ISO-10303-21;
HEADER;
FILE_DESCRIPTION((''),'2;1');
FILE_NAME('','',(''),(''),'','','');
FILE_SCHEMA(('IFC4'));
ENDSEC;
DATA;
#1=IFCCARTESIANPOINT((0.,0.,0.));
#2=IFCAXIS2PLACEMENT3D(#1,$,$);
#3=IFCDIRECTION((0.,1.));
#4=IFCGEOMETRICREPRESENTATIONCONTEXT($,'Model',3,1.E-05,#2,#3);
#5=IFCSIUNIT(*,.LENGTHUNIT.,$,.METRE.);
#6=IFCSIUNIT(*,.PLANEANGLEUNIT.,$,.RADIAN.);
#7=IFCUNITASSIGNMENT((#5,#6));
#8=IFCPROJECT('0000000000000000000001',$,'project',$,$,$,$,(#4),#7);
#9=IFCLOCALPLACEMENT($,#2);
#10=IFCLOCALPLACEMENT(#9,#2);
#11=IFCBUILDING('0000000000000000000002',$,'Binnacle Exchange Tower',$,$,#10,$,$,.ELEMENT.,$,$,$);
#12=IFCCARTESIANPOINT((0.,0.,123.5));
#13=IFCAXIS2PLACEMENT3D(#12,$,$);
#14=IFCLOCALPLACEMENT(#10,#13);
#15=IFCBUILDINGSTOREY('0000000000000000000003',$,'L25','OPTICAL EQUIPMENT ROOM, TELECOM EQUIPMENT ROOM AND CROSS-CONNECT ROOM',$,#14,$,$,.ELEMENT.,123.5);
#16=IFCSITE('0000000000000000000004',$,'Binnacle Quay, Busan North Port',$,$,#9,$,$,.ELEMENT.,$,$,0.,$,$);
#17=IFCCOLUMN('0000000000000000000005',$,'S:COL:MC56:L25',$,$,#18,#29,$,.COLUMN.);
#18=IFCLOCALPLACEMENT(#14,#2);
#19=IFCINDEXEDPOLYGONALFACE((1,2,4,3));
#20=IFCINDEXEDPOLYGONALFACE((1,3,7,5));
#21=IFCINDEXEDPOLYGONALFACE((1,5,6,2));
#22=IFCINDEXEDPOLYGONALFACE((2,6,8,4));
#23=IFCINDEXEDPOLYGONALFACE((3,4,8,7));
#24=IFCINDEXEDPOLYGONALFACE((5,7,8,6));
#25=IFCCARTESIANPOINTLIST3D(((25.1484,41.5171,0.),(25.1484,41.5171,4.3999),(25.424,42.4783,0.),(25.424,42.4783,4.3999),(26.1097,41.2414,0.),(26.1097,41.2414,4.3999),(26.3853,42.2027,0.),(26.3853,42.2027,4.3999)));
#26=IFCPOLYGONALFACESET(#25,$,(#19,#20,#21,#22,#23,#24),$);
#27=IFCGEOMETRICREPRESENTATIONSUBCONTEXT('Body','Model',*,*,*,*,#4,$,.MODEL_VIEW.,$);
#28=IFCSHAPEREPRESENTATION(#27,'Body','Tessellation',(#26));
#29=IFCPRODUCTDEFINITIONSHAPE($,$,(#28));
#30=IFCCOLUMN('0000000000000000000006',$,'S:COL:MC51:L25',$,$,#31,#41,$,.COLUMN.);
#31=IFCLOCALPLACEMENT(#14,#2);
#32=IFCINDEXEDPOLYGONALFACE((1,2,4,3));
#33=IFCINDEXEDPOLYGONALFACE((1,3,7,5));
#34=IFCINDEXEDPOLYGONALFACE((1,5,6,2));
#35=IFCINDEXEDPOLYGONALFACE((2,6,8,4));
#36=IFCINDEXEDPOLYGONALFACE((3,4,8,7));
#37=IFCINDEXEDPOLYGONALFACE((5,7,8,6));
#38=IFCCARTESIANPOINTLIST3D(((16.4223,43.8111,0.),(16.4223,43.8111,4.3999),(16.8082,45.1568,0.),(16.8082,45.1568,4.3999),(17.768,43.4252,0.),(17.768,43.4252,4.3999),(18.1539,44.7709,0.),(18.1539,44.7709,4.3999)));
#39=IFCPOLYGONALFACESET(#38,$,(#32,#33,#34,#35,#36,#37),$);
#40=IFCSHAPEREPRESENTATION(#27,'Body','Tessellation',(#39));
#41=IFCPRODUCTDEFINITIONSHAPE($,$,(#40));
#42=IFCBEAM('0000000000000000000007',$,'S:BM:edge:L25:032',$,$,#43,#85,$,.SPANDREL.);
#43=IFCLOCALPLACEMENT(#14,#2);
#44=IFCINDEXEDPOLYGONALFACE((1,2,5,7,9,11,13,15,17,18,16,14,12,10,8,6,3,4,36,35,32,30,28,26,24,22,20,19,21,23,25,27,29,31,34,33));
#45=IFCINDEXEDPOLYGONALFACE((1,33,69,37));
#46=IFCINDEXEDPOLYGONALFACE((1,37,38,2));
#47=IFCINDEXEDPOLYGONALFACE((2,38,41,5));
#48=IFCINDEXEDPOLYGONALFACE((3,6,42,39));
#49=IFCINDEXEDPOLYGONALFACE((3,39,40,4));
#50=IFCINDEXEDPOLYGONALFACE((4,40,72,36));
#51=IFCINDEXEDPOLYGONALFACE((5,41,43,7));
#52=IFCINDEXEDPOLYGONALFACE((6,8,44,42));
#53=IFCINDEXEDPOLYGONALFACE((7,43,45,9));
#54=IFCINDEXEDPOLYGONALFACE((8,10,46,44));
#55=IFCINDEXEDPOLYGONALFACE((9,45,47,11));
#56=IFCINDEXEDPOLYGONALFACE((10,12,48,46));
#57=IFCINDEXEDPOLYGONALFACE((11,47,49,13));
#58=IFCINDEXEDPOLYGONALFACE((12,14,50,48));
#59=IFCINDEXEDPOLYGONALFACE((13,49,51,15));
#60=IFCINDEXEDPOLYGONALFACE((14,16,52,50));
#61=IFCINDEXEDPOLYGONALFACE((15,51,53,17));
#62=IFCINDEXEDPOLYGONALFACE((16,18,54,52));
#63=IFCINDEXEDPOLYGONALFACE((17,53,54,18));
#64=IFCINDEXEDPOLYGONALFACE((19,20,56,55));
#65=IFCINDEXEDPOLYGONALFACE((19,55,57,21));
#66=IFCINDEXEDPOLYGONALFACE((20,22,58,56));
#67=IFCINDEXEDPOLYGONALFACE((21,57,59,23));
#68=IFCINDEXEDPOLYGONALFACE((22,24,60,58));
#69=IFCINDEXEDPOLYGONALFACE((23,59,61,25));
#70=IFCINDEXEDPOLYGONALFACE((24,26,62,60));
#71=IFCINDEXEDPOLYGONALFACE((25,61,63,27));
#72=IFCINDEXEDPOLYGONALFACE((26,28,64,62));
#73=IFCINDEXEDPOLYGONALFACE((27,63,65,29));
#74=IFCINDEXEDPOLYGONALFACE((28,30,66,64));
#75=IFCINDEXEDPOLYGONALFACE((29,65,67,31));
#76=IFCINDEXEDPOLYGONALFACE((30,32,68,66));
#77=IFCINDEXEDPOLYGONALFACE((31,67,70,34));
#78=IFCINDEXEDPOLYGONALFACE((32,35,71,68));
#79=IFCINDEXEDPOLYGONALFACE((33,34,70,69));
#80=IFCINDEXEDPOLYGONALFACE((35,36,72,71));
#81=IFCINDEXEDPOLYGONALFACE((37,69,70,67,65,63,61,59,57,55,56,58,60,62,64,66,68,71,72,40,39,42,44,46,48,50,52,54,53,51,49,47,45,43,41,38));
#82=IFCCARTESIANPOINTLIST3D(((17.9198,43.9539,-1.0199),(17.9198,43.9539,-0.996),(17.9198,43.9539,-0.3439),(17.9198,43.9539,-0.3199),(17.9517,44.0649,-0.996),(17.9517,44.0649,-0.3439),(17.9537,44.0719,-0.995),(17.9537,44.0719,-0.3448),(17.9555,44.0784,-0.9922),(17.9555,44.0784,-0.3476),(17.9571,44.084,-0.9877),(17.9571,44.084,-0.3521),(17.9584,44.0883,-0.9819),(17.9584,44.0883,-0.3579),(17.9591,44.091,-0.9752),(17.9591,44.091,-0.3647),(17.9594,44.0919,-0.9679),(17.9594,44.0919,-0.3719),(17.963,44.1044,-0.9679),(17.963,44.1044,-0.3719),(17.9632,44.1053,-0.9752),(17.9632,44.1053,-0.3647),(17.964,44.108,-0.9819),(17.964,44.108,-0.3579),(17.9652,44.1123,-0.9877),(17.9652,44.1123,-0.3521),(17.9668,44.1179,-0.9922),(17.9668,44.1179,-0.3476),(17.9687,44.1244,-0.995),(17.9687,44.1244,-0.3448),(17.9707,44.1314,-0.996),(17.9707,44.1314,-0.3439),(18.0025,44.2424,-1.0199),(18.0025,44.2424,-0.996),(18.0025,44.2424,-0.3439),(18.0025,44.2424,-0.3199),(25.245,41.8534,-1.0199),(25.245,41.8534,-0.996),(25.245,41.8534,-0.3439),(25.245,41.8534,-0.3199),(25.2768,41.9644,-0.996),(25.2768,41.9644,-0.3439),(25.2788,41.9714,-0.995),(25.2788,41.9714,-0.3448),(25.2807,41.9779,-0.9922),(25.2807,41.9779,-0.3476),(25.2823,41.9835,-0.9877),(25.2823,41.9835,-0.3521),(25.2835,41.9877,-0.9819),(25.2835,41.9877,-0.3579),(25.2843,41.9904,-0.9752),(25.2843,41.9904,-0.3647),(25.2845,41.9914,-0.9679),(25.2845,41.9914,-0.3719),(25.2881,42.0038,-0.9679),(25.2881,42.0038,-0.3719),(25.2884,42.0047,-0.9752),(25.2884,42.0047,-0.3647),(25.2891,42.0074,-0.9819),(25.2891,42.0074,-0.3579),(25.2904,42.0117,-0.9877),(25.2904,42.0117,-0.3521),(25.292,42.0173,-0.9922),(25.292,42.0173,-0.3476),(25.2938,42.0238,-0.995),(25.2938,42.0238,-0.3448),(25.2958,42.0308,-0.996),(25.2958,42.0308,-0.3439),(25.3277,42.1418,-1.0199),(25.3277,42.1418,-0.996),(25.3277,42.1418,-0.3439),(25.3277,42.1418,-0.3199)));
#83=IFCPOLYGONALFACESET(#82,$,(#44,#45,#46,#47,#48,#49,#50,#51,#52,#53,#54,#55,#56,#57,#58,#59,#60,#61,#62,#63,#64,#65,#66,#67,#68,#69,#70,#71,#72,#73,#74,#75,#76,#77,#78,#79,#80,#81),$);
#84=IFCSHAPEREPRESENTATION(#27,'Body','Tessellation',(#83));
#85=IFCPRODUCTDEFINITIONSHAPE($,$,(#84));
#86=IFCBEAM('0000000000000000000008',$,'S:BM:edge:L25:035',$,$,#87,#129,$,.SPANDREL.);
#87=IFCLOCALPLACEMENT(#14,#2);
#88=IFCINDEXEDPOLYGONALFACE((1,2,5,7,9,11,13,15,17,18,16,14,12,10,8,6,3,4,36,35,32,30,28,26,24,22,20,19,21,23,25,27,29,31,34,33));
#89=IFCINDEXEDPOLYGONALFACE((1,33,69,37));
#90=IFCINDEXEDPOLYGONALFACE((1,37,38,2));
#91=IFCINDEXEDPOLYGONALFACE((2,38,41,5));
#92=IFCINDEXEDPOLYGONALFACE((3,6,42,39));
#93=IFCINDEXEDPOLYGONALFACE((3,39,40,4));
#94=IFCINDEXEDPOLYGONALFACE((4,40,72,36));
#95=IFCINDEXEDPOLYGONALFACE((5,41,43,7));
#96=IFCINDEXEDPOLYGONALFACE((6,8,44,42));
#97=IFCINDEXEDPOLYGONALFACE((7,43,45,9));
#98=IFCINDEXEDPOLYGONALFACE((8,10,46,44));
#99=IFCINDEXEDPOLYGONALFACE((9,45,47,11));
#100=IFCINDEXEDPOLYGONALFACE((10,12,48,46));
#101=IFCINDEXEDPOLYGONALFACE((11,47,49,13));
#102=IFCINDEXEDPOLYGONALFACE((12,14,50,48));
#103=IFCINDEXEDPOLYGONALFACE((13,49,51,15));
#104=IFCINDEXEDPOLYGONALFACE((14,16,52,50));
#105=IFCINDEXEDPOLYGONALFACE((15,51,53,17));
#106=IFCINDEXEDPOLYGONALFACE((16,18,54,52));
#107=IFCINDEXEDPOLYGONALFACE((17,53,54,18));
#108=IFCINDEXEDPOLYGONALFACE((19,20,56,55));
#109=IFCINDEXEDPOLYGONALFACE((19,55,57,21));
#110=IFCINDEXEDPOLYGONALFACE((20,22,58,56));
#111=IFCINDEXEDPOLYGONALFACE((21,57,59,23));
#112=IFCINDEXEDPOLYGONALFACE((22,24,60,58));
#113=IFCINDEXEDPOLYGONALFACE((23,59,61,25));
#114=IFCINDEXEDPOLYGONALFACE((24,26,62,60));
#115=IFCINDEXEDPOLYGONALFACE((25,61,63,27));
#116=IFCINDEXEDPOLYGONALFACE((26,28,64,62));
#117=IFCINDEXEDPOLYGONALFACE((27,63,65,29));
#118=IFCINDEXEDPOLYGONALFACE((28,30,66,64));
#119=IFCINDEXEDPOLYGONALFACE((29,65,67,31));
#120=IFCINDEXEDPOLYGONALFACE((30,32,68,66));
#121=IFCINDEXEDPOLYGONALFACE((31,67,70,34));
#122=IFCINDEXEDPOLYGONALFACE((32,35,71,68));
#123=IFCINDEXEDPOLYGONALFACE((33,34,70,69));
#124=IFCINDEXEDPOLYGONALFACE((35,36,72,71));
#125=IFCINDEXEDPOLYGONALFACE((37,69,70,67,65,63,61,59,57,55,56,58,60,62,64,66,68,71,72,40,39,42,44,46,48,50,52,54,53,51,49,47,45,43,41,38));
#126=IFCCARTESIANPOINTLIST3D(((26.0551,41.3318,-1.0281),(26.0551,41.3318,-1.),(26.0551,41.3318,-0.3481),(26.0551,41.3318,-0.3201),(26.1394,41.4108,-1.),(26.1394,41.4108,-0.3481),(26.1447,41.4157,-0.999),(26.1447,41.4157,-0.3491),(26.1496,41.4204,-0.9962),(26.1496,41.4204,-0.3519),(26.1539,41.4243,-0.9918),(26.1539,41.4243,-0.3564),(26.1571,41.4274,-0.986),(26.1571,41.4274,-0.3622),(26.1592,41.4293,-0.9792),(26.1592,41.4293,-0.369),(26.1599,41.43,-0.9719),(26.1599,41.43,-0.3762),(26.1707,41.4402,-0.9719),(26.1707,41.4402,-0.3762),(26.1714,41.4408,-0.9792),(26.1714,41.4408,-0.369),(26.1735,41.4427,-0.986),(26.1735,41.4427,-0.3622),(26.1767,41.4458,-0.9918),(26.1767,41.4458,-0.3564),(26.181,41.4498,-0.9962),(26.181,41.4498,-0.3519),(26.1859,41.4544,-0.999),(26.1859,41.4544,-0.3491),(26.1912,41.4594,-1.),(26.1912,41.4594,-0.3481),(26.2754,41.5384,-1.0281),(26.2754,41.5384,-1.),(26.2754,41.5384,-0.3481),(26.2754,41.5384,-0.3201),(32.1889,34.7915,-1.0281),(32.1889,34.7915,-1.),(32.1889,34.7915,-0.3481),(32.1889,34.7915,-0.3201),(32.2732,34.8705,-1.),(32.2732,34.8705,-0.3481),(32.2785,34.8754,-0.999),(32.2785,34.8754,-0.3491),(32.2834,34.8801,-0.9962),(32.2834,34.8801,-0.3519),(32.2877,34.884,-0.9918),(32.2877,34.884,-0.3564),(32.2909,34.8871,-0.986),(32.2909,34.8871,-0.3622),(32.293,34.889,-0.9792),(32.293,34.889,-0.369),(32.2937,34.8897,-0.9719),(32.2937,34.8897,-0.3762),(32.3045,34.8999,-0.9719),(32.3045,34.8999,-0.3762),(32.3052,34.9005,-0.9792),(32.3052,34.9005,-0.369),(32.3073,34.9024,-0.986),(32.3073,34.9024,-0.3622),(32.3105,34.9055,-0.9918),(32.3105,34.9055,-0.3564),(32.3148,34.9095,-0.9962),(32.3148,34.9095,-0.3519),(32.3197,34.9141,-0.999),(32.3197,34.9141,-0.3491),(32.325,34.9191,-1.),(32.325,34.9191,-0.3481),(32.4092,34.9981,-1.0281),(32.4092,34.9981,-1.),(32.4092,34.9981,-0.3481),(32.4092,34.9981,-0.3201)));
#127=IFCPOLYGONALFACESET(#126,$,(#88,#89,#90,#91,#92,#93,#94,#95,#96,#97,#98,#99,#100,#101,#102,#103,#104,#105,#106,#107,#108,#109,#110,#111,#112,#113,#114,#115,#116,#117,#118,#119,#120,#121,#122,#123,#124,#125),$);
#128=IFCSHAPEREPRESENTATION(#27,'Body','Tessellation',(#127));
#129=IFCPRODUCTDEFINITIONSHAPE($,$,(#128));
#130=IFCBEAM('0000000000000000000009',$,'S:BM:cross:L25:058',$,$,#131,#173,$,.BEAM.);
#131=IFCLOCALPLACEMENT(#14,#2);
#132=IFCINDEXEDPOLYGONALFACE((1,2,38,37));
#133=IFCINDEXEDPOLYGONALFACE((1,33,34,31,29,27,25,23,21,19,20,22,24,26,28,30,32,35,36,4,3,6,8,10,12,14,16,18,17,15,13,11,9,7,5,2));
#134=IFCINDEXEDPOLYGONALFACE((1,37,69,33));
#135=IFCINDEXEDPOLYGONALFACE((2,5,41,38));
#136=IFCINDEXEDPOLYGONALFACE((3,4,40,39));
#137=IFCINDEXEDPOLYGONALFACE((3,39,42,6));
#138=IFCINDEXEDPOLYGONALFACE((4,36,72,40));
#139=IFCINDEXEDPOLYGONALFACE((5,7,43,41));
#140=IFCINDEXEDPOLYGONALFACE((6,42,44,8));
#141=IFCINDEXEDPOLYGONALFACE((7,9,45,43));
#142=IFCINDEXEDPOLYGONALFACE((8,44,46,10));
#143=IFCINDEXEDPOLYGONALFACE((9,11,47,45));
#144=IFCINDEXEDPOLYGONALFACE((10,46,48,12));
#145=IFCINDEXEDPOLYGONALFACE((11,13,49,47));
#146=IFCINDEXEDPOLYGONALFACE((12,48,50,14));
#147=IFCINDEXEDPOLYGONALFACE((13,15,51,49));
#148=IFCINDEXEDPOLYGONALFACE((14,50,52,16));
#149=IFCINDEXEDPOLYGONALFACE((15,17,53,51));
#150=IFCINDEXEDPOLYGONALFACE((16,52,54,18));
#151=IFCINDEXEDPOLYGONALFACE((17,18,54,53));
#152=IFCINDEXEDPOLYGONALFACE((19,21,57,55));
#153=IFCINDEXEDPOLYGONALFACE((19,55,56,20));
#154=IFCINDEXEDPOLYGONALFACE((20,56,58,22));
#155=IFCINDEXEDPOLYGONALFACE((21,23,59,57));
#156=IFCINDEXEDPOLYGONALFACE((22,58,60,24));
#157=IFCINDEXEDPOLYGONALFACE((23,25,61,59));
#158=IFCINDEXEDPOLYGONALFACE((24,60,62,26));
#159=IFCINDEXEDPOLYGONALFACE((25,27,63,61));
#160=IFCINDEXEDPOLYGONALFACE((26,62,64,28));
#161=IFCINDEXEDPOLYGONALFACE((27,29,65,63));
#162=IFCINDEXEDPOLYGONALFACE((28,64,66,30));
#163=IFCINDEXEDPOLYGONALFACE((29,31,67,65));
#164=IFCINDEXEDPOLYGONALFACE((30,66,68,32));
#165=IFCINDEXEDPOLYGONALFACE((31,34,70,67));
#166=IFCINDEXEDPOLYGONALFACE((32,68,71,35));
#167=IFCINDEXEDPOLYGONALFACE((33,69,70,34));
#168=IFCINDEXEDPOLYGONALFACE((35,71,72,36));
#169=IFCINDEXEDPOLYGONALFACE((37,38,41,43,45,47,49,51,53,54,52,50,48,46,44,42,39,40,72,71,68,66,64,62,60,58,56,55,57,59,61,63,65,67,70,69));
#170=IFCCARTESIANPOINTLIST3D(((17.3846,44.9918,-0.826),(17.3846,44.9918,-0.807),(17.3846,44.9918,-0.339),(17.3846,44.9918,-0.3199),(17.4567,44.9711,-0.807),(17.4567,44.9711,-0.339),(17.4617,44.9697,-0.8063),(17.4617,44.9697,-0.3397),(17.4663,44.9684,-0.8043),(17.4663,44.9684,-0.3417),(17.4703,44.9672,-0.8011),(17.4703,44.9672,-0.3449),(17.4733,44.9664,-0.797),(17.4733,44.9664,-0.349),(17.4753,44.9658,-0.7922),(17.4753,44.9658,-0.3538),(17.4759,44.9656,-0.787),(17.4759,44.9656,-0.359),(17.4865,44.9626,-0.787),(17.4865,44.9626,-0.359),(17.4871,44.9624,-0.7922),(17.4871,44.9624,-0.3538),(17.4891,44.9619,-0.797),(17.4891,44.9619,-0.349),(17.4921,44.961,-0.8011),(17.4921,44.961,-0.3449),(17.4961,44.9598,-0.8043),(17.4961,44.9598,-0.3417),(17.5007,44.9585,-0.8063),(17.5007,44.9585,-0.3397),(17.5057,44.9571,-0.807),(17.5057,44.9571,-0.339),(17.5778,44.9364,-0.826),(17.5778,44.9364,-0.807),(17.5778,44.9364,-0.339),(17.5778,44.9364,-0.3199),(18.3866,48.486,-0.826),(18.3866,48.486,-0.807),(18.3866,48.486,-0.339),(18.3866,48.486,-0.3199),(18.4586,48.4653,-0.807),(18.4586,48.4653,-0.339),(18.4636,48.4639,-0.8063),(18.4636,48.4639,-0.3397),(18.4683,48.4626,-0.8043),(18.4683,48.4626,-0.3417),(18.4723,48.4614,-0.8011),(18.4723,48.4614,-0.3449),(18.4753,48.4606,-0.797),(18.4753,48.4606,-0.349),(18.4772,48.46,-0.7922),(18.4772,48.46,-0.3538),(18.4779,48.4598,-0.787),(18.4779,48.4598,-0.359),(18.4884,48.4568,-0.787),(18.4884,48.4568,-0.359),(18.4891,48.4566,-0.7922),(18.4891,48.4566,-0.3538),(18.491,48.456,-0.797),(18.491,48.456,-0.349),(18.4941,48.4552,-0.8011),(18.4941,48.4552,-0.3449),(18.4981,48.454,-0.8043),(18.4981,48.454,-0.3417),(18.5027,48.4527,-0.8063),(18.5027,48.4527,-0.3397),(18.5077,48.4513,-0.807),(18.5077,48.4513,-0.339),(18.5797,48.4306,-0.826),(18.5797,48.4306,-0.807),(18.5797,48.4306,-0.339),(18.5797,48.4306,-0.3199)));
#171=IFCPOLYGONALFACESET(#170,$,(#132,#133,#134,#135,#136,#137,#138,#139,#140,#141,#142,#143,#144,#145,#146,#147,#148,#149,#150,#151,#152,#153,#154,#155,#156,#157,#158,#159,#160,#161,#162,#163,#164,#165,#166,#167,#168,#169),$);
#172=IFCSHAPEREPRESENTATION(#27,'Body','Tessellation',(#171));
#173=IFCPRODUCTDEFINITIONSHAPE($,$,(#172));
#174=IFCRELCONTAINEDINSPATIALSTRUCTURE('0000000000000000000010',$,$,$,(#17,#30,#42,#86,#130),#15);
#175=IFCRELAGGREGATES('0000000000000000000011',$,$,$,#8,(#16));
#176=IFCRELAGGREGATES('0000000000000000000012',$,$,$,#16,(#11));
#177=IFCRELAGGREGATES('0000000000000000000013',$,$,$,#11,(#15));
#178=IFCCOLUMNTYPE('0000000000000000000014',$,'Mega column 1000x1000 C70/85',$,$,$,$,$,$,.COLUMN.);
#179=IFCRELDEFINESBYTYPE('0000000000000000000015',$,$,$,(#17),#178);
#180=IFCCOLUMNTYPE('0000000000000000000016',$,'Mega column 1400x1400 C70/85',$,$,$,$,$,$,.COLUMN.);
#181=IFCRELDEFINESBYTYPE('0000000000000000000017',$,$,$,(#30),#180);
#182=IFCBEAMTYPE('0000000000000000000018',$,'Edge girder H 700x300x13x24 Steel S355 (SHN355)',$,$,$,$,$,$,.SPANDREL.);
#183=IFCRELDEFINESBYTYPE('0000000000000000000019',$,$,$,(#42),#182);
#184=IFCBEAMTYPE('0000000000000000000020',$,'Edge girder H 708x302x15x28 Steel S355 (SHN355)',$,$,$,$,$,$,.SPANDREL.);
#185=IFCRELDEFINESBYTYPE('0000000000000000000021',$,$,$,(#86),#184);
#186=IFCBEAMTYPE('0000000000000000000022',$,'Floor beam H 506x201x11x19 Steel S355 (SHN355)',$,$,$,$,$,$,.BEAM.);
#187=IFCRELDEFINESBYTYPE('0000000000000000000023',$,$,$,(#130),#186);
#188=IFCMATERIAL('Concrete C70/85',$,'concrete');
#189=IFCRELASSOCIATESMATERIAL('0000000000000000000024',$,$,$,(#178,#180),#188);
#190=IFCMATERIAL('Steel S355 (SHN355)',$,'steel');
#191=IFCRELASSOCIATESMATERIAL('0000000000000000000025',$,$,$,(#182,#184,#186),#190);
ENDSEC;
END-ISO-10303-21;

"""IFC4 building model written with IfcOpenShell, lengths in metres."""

from ifc_helpers import new_model, si_unit, direction, frame, origin, origin_2d, place, context, subcontext, project, spatial, rectangle, i_section, extrude, material, material_profile, profile_set, type_object, element, save


model = new_model("IFC4")

# Units and contexts
model_context = context("Model", 3, precision=1e-05, world=origin(), true_north=direction((0.0, 1.0)))
body_context = subcontext(model_context, "Body", "Model", "MODEL_VIEW")
ifc_project = project(units=[si_unit("LENGTHUNIT", "METRE"), si_unit("PLANEANGLEUNIT", "RADIAN")], contexts=[model_context])

# Site, building, storey
site_placement = place(None, origin())
site = spatial("IfcSite", under=ifc_project, at=site_placement, Name="Binnacle Quay, Busan North Port", CompositionType="ELEMENT", RefElevation=0.0)
building_placement = place(site_placement, origin())
building = spatial("IfcBuilding", under=site, at=building_placement, Name="Binnacle Exchange Tower", CompositionType="ELEMENT")
storey_placement = place(building_placement, frame((0.0, 0.0, 123.5)))
storey = spatial("IfcBuildingStorey", under=building, at=storey_placement, Name="L25", Description="OPTICAL EQUIPMENT ROOM, TELECOM EQUIPMENT ROOM AND CROSS-CONNECT ROOM", CompositionType="ELEMENT", Elevation=123.5)

# Columns
ifc_material_1 = material(Name="Concrete C70/85", Category="concrete")
ifc_material_profile_1 = material_profile(ifc_material_1, rectangle(XDim=1.0, YDim=1.0, at=origin_2d()), Name="Mega column 1000x1000 C70/85")
ifc_profile_set_1 = profile_set([ifc_material_profile_1], Name="Concrete C70/85")
column_type_1 = type_object("IfcColumnType", Name="Mega column 1000x1000 C70/85", PredefinedType="COLUMN", material=ifc_profile_set_1)
column_1_placement = place(storey_placement, frame((25.7668, 41.8599, 0.0), z_axis=(0.0, 0.0, 1.0), x_axis=(0.961262, -0.275637, 0.0)))
element("IfcColumn", 1, at=column_1_placement, inside=storey, type_object=column_type_1, Name="S:COL:MC56:L25", PredefinedType="COLUMN", context=body_context, shape_type="SweptSolid", body=[
    extrude(rectangle(XDim=1.0, YDim=1.0, at=origin_2d()), origin(), (0.0, 0.0, 1.0), 4.3999),
])
ifc_material_profile_2 = material_profile(ifc_material_1, rectangle(XDim=1.3999, YDim=1.3999, at=origin_2d()), Name="Mega column 1400x1400 C70/85")
ifc_profile_set_2 = profile_set([ifc_material_profile_2], Name="Concrete C70/85")
column_type_2 = type_object("IfcColumnType", Name="Mega column 1400x1400 C70/85", PredefinedType="COLUMN", material=ifc_profile_set_2)
column_2_placement = place(storey_placement, frame((17.2881, 44.291, 0.0), z_axis=(0.0, 0.0, 1.0), x_axis=(0.961262, -0.275637, 0.0)))
element("IfcColumn", 2, at=column_2_placement, inside=storey, type_object=column_type_2, Name="S:COL:MC51:L25", PredefinedType="COLUMN", context=body_context, shape_type="SweptSolid", body=[
    extrude(rectangle(XDim=1.3999, YDim=1.3999, at=origin_2d()), origin(), (0.0, 0.0, 1.0), 4.3999),
])

# Beams
ifc_material_2 = material(Name="Steel S355 (SHN355)", Category="steel")
ifc_material_profile_3 = material_profile(ifc_material_2, i_section(OverallWidth=0.3, OverallDepth=0.7, WebThickness=0.0129, FlangeThickness=0.0239, FilletRadius=0.0281, at=origin_2d()), Name="H 700x300x13x24")
ifc_profile_set_3 = profile_set([ifc_material_profile_3], Name="Steel S355 (SHN355)")
beam_type_1 = type_object("IfcBeamType", Name="Edge girder H 700x300x13x24 Steel S355 (SHN355)", PredefinedType="SPANDREL", material=ifc_profile_set_3)
beam_1_placement = place(storey_placement, frame((17.9612, 44.0981, -0.6699), z_axis=(0.961258, -0.275652, 0.0), x_axis=(0.275652, 0.961258, 0.0)))
element("IfcBeam", 3, at=beam_1_placement, inside=storey, type_object=beam_type_1, Name="S:BM:edge:L25:032", PredefinedType="SPANDREL", context=body_context, shape_type="SweptSolid", body=[
    extrude(i_section(OverallWidth=0.3, OverallDepth=0.7, WebThickness=0.0129, FlangeThickness=0.0239, FilletRadius=0.0281, at=origin_2d()), origin(), (0.0, 0.0, 1.0), 7.6204),
])
ifc_material_profile_4 = material_profile(ifc_material_2, i_section(OverallWidth=0.302, OverallDepth=0.708, WebThickness=0.0149, FlangeThickness=0.0281, FilletRadius=0.0281, at=origin_2d()), Name="H 708x302x15x28")
ifc_profile_set_4 = profile_set([ifc_material_profile_4], Name="Steel S355 (SHN355)")
beam_type_2 = type_object("IfcBeamType", Name="Edge girder H 708x302x15x28 Steel S355 (SHN355)", PredefinedType="SPANDREL", material=ifc_profile_set_4)
beam_2_placement = place(storey_placement, frame((26.1653, 41.4351, -0.6741), z_axis=(0.684076, -0.729411, 0.0), x_axis=(0.729411, 0.684076, 0.0)))
element("IfcBeam", 4, at=beam_2_placement, inside=storey, type_object=beam_type_2, Name="S:BM:edge:L25:035", PredefinedType="SPANDREL", context=body_context, shape_type="SweptSolid", body=[
    extrude(i_section(OverallWidth=0.302, OverallDepth=0.708, WebThickness=0.0149, FlangeThickness=0.0281, FilletRadius=0.0281, at=origin_2d()), origin(), (0.0, 0.0, 1.0), 8.9666),
])
ifc_material_profile_5 = material_profile(ifc_material_2, i_section(OverallWidth=0.2009, OverallDepth=0.5061, WebThickness=0.011, FlangeThickness=0.019, FilletRadius=0.02, at=origin_2d()), Name="H 506x201x11x19")
ifc_profile_set_5 = profile_set([ifc_material_profile_5], Name="Steel S355 (SHN355)")
beam_type_3 = type_object("IfcBeamType", Name="Floor beam H 506x201x11x19 Steel S355 (SHN355)", PredefinedType="BEAM", material=ifc_profile_set_5)
beam_3_placement = place(storey_placement, frame((17.4812, 44.9641, -0.573), z_axis=(0.275644, 0.96126, 0.0), x_axis=(-0.96126, 0.275644, 0.0)))
element("IfcBeam", 5, at=beam_3_placement, inside=storey, type_object=beam_type_3, Name="S:BM:cross:L25:058", PredefinedType="BEAM", context=body_context, shape_type="SweptSolid", body=[
    extrude(i_section(OverallWidth=0.2009, OverallDepth=0.5061, WebThickness=0.011, FlangeThickness=0.019, FilletRadius=0.02, at=origin_2d()), origin(), (0.0, 0.0, 1.0), 3.635),
])

save(model, "model.ifc")
